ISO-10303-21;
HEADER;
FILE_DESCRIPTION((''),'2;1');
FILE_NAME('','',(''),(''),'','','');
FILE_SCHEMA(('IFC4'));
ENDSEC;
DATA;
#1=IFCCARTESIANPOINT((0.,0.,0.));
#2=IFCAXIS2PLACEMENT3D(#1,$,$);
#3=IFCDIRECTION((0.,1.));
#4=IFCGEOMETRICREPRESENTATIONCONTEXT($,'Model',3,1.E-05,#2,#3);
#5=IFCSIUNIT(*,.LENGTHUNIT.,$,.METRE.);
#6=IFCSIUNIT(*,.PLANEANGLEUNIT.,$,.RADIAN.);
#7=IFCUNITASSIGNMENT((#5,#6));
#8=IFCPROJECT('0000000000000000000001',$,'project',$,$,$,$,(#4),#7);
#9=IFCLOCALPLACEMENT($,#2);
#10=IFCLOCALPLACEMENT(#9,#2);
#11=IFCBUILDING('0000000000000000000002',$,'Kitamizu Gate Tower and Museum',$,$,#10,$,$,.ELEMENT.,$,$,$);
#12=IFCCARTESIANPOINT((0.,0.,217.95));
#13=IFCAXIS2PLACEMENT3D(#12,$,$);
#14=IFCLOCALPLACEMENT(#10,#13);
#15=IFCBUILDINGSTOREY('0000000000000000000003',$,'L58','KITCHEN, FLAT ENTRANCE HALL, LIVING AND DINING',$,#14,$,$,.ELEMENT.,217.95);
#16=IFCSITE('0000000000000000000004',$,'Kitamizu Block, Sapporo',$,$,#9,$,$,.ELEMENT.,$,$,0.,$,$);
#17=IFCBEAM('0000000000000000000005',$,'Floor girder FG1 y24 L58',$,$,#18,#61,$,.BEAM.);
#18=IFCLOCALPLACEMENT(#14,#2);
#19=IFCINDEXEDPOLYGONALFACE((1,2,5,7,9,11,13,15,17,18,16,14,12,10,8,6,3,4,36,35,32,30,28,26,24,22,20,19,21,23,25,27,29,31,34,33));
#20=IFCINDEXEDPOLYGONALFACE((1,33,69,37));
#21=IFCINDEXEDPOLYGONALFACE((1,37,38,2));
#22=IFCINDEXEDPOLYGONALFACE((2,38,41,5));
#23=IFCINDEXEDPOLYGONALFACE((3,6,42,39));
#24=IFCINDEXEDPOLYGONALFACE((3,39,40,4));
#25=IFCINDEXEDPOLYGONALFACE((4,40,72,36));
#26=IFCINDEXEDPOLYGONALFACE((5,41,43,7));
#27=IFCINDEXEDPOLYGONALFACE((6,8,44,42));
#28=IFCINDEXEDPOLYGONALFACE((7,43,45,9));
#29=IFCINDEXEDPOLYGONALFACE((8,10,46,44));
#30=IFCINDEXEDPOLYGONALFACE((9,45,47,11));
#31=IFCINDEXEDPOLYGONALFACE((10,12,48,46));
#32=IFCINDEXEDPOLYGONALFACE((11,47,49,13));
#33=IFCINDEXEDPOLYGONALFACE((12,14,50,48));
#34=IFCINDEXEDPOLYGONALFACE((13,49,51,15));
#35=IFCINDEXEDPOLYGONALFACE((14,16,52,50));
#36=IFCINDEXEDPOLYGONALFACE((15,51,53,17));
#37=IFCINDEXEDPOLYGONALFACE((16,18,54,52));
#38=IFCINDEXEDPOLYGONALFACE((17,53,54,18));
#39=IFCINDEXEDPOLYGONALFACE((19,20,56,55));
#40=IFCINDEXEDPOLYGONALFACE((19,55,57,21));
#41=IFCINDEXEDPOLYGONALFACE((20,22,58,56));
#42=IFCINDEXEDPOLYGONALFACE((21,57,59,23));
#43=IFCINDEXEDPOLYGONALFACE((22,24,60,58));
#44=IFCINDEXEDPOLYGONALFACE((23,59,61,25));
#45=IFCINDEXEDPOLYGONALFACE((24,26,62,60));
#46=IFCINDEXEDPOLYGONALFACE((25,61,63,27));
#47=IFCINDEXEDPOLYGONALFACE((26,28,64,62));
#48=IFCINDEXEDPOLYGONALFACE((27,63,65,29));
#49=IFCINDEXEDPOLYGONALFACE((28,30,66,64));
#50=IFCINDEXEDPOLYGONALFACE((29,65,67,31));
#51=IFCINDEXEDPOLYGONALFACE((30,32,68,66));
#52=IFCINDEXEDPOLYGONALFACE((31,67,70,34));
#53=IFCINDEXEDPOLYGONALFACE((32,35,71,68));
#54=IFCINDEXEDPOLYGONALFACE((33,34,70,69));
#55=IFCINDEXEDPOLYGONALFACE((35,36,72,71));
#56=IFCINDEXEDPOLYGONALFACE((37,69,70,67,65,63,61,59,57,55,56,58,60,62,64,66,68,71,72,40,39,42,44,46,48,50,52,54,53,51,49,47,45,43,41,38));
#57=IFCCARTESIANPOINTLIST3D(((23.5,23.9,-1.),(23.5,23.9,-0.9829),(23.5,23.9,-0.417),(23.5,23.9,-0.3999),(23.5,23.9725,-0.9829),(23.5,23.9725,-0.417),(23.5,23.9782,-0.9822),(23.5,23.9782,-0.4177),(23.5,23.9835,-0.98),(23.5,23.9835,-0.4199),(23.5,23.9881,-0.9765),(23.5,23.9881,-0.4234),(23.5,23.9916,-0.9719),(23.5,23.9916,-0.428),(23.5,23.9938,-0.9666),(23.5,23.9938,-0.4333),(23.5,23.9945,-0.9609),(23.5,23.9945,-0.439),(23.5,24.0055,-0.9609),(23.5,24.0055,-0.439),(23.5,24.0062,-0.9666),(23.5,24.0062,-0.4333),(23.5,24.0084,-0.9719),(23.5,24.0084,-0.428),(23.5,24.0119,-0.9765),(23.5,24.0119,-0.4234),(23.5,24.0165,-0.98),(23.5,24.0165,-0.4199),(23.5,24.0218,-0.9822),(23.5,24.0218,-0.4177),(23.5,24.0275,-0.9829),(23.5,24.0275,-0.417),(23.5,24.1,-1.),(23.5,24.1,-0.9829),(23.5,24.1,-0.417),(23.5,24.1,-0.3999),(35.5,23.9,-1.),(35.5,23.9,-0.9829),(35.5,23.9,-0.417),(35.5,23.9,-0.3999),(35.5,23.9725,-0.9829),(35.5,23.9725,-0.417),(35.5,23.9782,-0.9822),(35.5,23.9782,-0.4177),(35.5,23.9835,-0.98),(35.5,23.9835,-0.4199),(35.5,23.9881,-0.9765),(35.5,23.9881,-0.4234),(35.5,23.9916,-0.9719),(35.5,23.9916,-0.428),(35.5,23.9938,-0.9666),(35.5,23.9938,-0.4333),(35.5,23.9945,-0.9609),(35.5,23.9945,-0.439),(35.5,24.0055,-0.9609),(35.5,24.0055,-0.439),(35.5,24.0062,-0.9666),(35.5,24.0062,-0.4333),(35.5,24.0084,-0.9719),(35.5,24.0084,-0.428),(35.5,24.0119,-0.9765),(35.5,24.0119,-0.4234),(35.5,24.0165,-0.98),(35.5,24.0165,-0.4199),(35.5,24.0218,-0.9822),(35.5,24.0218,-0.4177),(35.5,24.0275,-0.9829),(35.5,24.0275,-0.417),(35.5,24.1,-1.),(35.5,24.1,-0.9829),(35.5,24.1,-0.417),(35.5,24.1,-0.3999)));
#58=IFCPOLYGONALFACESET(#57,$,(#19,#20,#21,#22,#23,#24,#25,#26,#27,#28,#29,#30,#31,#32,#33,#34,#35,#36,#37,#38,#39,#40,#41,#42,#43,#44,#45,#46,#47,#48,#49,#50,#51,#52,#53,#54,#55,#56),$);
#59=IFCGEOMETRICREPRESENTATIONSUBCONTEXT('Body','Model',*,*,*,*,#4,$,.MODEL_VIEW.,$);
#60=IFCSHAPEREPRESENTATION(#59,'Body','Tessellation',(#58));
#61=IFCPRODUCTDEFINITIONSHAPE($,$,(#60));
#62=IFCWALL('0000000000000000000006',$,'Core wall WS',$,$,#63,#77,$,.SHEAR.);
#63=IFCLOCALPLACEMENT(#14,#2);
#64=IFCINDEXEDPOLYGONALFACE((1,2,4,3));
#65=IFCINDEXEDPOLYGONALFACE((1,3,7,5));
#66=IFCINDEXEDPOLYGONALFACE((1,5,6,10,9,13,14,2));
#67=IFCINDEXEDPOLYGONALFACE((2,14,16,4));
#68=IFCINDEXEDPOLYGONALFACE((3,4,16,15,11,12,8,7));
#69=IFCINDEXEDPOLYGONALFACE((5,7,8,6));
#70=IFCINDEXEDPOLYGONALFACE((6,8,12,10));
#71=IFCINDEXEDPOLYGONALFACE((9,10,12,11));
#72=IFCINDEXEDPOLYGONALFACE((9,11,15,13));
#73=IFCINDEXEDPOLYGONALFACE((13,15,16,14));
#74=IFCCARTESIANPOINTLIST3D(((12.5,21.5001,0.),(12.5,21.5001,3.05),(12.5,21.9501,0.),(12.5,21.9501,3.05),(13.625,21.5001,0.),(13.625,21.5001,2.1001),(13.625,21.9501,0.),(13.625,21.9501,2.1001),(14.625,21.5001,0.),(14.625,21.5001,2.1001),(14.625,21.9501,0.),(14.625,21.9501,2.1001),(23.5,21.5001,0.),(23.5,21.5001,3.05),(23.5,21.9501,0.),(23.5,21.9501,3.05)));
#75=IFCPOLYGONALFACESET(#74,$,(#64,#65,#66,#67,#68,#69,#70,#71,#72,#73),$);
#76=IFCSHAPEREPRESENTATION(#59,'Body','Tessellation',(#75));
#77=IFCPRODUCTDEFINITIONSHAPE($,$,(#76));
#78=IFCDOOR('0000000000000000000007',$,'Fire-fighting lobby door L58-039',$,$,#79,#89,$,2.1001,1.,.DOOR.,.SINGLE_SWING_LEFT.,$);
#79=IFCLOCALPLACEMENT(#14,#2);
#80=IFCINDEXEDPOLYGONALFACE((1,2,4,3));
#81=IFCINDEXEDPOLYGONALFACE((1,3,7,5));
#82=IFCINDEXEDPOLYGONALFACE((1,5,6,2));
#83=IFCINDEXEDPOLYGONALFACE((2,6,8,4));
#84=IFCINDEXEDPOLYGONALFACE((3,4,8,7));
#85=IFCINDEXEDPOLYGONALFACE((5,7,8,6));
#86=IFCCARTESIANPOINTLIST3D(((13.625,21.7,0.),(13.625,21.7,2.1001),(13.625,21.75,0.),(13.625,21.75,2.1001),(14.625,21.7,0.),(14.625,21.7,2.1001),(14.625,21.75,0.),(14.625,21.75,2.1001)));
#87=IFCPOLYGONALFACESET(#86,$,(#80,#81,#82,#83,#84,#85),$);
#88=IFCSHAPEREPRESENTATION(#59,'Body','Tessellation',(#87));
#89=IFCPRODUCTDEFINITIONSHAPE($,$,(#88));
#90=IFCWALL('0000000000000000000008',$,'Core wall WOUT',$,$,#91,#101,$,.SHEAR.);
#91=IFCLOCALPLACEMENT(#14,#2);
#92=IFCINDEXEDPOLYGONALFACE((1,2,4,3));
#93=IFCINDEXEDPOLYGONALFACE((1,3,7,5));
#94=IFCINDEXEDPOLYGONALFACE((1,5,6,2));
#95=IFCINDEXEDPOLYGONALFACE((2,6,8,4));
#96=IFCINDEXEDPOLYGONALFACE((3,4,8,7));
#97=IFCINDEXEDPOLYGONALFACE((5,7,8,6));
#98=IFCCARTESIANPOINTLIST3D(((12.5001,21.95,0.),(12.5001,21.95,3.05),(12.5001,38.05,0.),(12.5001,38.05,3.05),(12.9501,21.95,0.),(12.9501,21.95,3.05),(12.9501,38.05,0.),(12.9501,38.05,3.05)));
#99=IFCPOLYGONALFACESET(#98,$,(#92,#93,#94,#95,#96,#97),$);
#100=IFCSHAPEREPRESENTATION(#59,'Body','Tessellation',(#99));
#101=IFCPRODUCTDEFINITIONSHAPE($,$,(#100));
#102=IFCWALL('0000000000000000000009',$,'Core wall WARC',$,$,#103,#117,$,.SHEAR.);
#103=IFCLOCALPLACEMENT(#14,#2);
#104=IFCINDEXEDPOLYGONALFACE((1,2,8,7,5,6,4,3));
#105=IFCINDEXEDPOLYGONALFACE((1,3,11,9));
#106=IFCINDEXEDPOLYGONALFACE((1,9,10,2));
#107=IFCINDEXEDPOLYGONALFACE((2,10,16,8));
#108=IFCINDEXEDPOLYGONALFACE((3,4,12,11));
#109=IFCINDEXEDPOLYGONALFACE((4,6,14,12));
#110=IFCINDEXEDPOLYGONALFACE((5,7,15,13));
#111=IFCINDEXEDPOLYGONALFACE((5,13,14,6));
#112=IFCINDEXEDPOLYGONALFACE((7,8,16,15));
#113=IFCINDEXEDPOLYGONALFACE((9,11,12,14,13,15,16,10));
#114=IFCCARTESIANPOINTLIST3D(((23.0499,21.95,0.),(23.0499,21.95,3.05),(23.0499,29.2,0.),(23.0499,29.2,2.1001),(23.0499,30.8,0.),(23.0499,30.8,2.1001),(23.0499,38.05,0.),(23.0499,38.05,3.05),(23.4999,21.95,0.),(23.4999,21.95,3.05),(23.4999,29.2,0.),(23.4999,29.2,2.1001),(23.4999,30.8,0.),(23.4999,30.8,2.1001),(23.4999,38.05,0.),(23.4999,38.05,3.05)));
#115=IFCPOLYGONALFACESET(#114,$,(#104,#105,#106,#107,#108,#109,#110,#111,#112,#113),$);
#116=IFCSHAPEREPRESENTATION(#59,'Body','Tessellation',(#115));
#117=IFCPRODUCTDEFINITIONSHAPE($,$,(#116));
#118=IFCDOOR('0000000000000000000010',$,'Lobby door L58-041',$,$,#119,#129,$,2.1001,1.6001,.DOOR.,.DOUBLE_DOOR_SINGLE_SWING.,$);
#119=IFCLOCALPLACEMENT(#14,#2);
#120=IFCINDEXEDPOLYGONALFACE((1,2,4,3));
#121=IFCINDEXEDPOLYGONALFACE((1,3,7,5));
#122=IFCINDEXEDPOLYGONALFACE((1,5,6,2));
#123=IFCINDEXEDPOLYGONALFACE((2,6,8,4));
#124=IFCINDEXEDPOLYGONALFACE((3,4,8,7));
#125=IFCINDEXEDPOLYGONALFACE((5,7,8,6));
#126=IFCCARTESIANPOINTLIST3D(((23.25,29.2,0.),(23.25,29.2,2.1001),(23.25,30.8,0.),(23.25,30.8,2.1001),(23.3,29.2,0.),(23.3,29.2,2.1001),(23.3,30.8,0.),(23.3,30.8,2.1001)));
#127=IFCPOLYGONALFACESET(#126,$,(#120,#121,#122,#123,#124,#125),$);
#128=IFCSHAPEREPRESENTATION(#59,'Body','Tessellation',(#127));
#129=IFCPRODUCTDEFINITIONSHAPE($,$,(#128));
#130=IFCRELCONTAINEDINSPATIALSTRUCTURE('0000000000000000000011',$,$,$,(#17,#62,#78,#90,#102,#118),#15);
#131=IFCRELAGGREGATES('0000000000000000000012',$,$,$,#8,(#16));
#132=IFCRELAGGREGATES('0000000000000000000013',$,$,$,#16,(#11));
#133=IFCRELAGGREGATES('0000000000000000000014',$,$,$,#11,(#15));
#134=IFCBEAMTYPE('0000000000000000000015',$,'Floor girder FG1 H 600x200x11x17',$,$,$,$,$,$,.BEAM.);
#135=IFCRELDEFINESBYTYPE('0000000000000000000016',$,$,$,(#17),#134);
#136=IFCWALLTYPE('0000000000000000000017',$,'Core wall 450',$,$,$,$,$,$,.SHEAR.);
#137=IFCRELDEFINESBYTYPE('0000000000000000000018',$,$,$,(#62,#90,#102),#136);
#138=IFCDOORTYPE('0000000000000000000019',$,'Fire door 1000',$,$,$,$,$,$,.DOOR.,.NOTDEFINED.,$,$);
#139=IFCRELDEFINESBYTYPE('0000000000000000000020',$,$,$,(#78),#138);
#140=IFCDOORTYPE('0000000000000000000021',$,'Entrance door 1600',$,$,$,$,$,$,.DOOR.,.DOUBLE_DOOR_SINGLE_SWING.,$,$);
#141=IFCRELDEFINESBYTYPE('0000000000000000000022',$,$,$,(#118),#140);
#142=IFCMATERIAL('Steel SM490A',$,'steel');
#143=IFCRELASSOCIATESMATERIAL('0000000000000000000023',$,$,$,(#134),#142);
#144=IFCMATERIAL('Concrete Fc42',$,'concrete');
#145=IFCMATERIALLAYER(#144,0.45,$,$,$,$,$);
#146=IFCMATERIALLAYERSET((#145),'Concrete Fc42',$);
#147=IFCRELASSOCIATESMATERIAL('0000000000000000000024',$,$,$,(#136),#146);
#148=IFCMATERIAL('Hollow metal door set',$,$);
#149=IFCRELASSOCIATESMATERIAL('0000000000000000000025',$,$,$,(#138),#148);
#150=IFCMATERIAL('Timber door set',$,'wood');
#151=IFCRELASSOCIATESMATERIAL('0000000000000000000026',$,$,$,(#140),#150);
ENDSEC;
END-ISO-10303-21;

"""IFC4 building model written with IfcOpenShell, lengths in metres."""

from ifc_helpers import new_model, si_unit, direction, frame, frame_2d, origin, origin_2d, place, context, subcontext, project, spatial, rectangle, i_section, extrude, material, layer, layer_set, material_profile, profile_set, type_object, element, fill, save


model = new_model("IFC4")

# Units and contexts
model_context = context("Model", 3, precision=1e-05, world=origin(), true_north=direction((0.0, 1.0)))
body_context = subcontext(model_context, "Body", "Model", "MODEL_VIEW")
ifc_project = project(units=[si_unit("LENGTHUNIT", "METRE"), si_unit("PLANEANGLEUNIT", "RADIAN")], contexts=[model_context])

# Site, building, storey
site_placement = place(None, origin())
site = spatial("IfcSite", under=ifc_project, at=site_placement, Name="Kitamizu Block, Sapporo", CompositionType="ELEMENT", RefElevation=0.0)
building_placement = place(site_placement, origin())
building = spatial("IfcBuilding", under=site, at=building_placement, Name="Kitamizu Gate Tower and Museum", CompositionType="ELEMENT")
storey_placement = place(building_placement, frame((0.0, 0.0, 217.95)))
storey = spatial("IfcBuildingStorey", under=building, at=storey_placement, Name="L58", Description="KITCHEN, FLAT ENTRANCE HALL, LIVING AND DINING", CompositionType="ELEMENT", Elevation=217.95)

# Beam
ifc_material_1 = material(Name="Steel SM490A", Category="steel")
ifc_material_profile = material_profile(ifc_material_1, i_section(OverallWidth=0.2, OverallDepth=0.6001, WebThickness=0.011, FlangeThickness=0.0171, FilletRadius=0.022, at=origin_2d()), Name="H-600x200x11x17")
ifc_profile_set = profile_set([ifc_material_profile], Name="Steel SM490A")
beam_type = type_object("IfcBeamType", Name="Floor girder FG1 H 600x200x11x17", PredefinedType="BEAM", material=ifc_profile_set)
beam_placement = place(storey_placement, frame((23.5, 24.0, -0.7), z_axis=(1.0, 0.0, 0.0), x_axis=(0.0, 1.0, 0.0)))
element("IfcBeam", 1, at=beam_placement, inside=storey, type_object=beam_type, Name="Floor girder FG1 y24 L58", PredefinedType="BEAM", context=body_context, shape_type="SweptSolid", body=[
    extrude(i_section(OverallWidth=0.2, OverallDepth=0.6001, WebThickness=0.011, FlangeThickness=0.0171, FilletRadius=0.022, at=origin_2d()), origin(), (0.0, 0.0, 1.0), 12.0),
])

# Wall, opening, door
ifc_material_2 = material(Name="Concrete Fc42", Category="concrete")
ifc_layer_1 = layer(ifc_material_2, 0.45)
ifc_layer_set_1 = layer_set([ifc_layer_1], Name="Concrete Fc42")
wall_type_1 = type_object("IfcWallType", Name="Core wall 450", PredefinedType="SHEAR", material=ifc_layer_set_1)
wall_1_placement = place(storey_placement, frame((12.5, 21.7251, 0.0), z_axis=(0.0, 0.0, 1.0), x_axis=(1.0, 0.0, 0.0)))
wall_1 = element("IfcWall", 2, at=wall_1_placement, inside=storey, type_object=wall_type_1, Name="Core wall WS", PredefinedType="SHEAR", context=body_context, shape_type="SweptSolid", body=[
    extrude(rectangle(XDim=11.0, YDim=0.45, at=frame_2d((5.5, 0.0))), origin(), (0.0, 0.0, 1.0), 3.05),
])
opening_1_placement = place(wall_1_placement, frame((1.125, 0.0, 0.0)))
opening_1 = element("IfcOpeningElement", 3, at=opening_1_placement, cuts=wall_1, PredefinedType="OPENING", context=body_context, shape_type="SweptSolid", body=[
    extrude(rectangle(XDim=1.0, YDim=2.1001, at=frame_2d((0.5, 1.05))), frame((0.0, 0.2349, 0.0), z_axis=(0.0, -1.0, 0.0), x_axis=(1.0, 0.0, 0.0)), (0.0, 0.0, 1.0), 0.47),
])
ifc_material_3 = material(Name="Hollow metal door set")
door_type_1 = type_object("IfcDoorType", Name="Fire door 1000", OperationType="NOTDEFINED", PredefinedType="DOOR", material=ifc_material_3)
door_1_placement = place(opening_1_placement, origin())
door_1 = element("IfcDoor", 4, at=door_1_placement, inside=storey, type_object=door_type_1, Name="Fire-fighting lobby door L58-039", OperationType="SINGLE_SWING_LEFT", OverallHeight=2.1001, OverallWidth=1.0, PredefinedType="DOOR", context=body_context, shape_type="SweptSolid", body=[
    extrude(rectangle(XDim=1.0, YDim=2.1001, at=frame_2d((0.5, 1.05))), frame((0.0, 0.0249, 0.0), z_axis=(0.0, -1.0, 0.0), x_axis=(1.0, 0.0, 0.0)), (0.0, 0.0, 1.0), 0.05),
])
fill(opening_1, door_1)

# Wall
wall_2_placement = place(storey_placement, frame((12.7251, 21.95, 0.0), z_axis=(0.0, 0.0, 1.0), x_axis=(0.0, 1.0, 0.0)))
element("IfcWall", 5, at=wall_2_placement, inside=storey, type_object=wall_type_1, Name="Core wall WOUT", PredefinedType="SHEAR", context=body_context, shape_type="SweptSolid", body=[
    extrude(rectangle(XDim=16.1001, YDim=0.45, at=frame_2d((8.05, 0.0))), origin(), (0.0, 0.0, 1.0), 3.05),
])

# Wall, opening, door
wall_3_placement = place(storey_placement, frame((23.2749, 21.95, 0.0), z_axis=(0.0, 0.0, 1.0), x_axis=(0.0, 1.0, 0.0)))
wall_3 = element("IfcWall", 6, at=wall_3_placement, inside=storey, type_object=wall_type_1, Name="Core wall WARC", PredefinedType="SHEAR", context=body_context, shape_type="SweptSolid", body=[
    extrude(rectangle(XDim=16.1001, YDim=0.45, at=frame_2d((8.05, 0.0))), origin(), (0.0, 0.0, 1.0), 3.05),
])
opening_2_placement = place(wall_3_placement, frame((7.25, 0.0, 0.0)))
opening_2 = element("IfcOpeningElement", 7, at=opening_2_placement, cuts=wall_3, PredefinedType="OPENING", context=body_context, shape_type="SweptSolid", body=[
    extrude(rectangle(XDim=1.6001, YDim=2.1001, at=frame_2d((0.8, 1.05))), frame((0.0, 0.2349, 0.0), z_axis=(0.0, -1.0, 0.0), x_axis=(1.0, 0.0, 0.0)), (0.0, 0.0, 1.0), 0.47),
])
ifc_material_4 = material(Name="Timber door set", Category="wood")
door_type_2 = type_object("IfcDoorType", Name="Entrance door 1600", OperationType="DOUBLE_DOOR_SINGLE_SWING", PredefinedType="DOOR", material=ifc_material_4)
door_2_placement = place(opening_2_placement, origin())
door_2 = element("IfcDoor", 8, at=door_2_placement, inside=storey, type_object=door_type_2, Name="Lobby door L58-041", OperationType="DOUBLE_DOOR_SINGLE_SWING", OverallHeight=2.1001, OverallWidth=1.6001, PredefinedType="DOOR", context=body_context, shape_type="SweptSolid", body=[
    extrude(rectangle(XDim=1.6001, YDim=2.1001, at=frame_2d((0.8, 1.05))), frame((0.0, 0.0249, 0.0), z_axis=(0.0, -1.0, 0.0), x_axis=(1.0, 0.0, 0.0)), (0.0, 0.0, 1.0), 0.05),
])
fill(opening_2, door_2)

save(model, "model.ifc")
